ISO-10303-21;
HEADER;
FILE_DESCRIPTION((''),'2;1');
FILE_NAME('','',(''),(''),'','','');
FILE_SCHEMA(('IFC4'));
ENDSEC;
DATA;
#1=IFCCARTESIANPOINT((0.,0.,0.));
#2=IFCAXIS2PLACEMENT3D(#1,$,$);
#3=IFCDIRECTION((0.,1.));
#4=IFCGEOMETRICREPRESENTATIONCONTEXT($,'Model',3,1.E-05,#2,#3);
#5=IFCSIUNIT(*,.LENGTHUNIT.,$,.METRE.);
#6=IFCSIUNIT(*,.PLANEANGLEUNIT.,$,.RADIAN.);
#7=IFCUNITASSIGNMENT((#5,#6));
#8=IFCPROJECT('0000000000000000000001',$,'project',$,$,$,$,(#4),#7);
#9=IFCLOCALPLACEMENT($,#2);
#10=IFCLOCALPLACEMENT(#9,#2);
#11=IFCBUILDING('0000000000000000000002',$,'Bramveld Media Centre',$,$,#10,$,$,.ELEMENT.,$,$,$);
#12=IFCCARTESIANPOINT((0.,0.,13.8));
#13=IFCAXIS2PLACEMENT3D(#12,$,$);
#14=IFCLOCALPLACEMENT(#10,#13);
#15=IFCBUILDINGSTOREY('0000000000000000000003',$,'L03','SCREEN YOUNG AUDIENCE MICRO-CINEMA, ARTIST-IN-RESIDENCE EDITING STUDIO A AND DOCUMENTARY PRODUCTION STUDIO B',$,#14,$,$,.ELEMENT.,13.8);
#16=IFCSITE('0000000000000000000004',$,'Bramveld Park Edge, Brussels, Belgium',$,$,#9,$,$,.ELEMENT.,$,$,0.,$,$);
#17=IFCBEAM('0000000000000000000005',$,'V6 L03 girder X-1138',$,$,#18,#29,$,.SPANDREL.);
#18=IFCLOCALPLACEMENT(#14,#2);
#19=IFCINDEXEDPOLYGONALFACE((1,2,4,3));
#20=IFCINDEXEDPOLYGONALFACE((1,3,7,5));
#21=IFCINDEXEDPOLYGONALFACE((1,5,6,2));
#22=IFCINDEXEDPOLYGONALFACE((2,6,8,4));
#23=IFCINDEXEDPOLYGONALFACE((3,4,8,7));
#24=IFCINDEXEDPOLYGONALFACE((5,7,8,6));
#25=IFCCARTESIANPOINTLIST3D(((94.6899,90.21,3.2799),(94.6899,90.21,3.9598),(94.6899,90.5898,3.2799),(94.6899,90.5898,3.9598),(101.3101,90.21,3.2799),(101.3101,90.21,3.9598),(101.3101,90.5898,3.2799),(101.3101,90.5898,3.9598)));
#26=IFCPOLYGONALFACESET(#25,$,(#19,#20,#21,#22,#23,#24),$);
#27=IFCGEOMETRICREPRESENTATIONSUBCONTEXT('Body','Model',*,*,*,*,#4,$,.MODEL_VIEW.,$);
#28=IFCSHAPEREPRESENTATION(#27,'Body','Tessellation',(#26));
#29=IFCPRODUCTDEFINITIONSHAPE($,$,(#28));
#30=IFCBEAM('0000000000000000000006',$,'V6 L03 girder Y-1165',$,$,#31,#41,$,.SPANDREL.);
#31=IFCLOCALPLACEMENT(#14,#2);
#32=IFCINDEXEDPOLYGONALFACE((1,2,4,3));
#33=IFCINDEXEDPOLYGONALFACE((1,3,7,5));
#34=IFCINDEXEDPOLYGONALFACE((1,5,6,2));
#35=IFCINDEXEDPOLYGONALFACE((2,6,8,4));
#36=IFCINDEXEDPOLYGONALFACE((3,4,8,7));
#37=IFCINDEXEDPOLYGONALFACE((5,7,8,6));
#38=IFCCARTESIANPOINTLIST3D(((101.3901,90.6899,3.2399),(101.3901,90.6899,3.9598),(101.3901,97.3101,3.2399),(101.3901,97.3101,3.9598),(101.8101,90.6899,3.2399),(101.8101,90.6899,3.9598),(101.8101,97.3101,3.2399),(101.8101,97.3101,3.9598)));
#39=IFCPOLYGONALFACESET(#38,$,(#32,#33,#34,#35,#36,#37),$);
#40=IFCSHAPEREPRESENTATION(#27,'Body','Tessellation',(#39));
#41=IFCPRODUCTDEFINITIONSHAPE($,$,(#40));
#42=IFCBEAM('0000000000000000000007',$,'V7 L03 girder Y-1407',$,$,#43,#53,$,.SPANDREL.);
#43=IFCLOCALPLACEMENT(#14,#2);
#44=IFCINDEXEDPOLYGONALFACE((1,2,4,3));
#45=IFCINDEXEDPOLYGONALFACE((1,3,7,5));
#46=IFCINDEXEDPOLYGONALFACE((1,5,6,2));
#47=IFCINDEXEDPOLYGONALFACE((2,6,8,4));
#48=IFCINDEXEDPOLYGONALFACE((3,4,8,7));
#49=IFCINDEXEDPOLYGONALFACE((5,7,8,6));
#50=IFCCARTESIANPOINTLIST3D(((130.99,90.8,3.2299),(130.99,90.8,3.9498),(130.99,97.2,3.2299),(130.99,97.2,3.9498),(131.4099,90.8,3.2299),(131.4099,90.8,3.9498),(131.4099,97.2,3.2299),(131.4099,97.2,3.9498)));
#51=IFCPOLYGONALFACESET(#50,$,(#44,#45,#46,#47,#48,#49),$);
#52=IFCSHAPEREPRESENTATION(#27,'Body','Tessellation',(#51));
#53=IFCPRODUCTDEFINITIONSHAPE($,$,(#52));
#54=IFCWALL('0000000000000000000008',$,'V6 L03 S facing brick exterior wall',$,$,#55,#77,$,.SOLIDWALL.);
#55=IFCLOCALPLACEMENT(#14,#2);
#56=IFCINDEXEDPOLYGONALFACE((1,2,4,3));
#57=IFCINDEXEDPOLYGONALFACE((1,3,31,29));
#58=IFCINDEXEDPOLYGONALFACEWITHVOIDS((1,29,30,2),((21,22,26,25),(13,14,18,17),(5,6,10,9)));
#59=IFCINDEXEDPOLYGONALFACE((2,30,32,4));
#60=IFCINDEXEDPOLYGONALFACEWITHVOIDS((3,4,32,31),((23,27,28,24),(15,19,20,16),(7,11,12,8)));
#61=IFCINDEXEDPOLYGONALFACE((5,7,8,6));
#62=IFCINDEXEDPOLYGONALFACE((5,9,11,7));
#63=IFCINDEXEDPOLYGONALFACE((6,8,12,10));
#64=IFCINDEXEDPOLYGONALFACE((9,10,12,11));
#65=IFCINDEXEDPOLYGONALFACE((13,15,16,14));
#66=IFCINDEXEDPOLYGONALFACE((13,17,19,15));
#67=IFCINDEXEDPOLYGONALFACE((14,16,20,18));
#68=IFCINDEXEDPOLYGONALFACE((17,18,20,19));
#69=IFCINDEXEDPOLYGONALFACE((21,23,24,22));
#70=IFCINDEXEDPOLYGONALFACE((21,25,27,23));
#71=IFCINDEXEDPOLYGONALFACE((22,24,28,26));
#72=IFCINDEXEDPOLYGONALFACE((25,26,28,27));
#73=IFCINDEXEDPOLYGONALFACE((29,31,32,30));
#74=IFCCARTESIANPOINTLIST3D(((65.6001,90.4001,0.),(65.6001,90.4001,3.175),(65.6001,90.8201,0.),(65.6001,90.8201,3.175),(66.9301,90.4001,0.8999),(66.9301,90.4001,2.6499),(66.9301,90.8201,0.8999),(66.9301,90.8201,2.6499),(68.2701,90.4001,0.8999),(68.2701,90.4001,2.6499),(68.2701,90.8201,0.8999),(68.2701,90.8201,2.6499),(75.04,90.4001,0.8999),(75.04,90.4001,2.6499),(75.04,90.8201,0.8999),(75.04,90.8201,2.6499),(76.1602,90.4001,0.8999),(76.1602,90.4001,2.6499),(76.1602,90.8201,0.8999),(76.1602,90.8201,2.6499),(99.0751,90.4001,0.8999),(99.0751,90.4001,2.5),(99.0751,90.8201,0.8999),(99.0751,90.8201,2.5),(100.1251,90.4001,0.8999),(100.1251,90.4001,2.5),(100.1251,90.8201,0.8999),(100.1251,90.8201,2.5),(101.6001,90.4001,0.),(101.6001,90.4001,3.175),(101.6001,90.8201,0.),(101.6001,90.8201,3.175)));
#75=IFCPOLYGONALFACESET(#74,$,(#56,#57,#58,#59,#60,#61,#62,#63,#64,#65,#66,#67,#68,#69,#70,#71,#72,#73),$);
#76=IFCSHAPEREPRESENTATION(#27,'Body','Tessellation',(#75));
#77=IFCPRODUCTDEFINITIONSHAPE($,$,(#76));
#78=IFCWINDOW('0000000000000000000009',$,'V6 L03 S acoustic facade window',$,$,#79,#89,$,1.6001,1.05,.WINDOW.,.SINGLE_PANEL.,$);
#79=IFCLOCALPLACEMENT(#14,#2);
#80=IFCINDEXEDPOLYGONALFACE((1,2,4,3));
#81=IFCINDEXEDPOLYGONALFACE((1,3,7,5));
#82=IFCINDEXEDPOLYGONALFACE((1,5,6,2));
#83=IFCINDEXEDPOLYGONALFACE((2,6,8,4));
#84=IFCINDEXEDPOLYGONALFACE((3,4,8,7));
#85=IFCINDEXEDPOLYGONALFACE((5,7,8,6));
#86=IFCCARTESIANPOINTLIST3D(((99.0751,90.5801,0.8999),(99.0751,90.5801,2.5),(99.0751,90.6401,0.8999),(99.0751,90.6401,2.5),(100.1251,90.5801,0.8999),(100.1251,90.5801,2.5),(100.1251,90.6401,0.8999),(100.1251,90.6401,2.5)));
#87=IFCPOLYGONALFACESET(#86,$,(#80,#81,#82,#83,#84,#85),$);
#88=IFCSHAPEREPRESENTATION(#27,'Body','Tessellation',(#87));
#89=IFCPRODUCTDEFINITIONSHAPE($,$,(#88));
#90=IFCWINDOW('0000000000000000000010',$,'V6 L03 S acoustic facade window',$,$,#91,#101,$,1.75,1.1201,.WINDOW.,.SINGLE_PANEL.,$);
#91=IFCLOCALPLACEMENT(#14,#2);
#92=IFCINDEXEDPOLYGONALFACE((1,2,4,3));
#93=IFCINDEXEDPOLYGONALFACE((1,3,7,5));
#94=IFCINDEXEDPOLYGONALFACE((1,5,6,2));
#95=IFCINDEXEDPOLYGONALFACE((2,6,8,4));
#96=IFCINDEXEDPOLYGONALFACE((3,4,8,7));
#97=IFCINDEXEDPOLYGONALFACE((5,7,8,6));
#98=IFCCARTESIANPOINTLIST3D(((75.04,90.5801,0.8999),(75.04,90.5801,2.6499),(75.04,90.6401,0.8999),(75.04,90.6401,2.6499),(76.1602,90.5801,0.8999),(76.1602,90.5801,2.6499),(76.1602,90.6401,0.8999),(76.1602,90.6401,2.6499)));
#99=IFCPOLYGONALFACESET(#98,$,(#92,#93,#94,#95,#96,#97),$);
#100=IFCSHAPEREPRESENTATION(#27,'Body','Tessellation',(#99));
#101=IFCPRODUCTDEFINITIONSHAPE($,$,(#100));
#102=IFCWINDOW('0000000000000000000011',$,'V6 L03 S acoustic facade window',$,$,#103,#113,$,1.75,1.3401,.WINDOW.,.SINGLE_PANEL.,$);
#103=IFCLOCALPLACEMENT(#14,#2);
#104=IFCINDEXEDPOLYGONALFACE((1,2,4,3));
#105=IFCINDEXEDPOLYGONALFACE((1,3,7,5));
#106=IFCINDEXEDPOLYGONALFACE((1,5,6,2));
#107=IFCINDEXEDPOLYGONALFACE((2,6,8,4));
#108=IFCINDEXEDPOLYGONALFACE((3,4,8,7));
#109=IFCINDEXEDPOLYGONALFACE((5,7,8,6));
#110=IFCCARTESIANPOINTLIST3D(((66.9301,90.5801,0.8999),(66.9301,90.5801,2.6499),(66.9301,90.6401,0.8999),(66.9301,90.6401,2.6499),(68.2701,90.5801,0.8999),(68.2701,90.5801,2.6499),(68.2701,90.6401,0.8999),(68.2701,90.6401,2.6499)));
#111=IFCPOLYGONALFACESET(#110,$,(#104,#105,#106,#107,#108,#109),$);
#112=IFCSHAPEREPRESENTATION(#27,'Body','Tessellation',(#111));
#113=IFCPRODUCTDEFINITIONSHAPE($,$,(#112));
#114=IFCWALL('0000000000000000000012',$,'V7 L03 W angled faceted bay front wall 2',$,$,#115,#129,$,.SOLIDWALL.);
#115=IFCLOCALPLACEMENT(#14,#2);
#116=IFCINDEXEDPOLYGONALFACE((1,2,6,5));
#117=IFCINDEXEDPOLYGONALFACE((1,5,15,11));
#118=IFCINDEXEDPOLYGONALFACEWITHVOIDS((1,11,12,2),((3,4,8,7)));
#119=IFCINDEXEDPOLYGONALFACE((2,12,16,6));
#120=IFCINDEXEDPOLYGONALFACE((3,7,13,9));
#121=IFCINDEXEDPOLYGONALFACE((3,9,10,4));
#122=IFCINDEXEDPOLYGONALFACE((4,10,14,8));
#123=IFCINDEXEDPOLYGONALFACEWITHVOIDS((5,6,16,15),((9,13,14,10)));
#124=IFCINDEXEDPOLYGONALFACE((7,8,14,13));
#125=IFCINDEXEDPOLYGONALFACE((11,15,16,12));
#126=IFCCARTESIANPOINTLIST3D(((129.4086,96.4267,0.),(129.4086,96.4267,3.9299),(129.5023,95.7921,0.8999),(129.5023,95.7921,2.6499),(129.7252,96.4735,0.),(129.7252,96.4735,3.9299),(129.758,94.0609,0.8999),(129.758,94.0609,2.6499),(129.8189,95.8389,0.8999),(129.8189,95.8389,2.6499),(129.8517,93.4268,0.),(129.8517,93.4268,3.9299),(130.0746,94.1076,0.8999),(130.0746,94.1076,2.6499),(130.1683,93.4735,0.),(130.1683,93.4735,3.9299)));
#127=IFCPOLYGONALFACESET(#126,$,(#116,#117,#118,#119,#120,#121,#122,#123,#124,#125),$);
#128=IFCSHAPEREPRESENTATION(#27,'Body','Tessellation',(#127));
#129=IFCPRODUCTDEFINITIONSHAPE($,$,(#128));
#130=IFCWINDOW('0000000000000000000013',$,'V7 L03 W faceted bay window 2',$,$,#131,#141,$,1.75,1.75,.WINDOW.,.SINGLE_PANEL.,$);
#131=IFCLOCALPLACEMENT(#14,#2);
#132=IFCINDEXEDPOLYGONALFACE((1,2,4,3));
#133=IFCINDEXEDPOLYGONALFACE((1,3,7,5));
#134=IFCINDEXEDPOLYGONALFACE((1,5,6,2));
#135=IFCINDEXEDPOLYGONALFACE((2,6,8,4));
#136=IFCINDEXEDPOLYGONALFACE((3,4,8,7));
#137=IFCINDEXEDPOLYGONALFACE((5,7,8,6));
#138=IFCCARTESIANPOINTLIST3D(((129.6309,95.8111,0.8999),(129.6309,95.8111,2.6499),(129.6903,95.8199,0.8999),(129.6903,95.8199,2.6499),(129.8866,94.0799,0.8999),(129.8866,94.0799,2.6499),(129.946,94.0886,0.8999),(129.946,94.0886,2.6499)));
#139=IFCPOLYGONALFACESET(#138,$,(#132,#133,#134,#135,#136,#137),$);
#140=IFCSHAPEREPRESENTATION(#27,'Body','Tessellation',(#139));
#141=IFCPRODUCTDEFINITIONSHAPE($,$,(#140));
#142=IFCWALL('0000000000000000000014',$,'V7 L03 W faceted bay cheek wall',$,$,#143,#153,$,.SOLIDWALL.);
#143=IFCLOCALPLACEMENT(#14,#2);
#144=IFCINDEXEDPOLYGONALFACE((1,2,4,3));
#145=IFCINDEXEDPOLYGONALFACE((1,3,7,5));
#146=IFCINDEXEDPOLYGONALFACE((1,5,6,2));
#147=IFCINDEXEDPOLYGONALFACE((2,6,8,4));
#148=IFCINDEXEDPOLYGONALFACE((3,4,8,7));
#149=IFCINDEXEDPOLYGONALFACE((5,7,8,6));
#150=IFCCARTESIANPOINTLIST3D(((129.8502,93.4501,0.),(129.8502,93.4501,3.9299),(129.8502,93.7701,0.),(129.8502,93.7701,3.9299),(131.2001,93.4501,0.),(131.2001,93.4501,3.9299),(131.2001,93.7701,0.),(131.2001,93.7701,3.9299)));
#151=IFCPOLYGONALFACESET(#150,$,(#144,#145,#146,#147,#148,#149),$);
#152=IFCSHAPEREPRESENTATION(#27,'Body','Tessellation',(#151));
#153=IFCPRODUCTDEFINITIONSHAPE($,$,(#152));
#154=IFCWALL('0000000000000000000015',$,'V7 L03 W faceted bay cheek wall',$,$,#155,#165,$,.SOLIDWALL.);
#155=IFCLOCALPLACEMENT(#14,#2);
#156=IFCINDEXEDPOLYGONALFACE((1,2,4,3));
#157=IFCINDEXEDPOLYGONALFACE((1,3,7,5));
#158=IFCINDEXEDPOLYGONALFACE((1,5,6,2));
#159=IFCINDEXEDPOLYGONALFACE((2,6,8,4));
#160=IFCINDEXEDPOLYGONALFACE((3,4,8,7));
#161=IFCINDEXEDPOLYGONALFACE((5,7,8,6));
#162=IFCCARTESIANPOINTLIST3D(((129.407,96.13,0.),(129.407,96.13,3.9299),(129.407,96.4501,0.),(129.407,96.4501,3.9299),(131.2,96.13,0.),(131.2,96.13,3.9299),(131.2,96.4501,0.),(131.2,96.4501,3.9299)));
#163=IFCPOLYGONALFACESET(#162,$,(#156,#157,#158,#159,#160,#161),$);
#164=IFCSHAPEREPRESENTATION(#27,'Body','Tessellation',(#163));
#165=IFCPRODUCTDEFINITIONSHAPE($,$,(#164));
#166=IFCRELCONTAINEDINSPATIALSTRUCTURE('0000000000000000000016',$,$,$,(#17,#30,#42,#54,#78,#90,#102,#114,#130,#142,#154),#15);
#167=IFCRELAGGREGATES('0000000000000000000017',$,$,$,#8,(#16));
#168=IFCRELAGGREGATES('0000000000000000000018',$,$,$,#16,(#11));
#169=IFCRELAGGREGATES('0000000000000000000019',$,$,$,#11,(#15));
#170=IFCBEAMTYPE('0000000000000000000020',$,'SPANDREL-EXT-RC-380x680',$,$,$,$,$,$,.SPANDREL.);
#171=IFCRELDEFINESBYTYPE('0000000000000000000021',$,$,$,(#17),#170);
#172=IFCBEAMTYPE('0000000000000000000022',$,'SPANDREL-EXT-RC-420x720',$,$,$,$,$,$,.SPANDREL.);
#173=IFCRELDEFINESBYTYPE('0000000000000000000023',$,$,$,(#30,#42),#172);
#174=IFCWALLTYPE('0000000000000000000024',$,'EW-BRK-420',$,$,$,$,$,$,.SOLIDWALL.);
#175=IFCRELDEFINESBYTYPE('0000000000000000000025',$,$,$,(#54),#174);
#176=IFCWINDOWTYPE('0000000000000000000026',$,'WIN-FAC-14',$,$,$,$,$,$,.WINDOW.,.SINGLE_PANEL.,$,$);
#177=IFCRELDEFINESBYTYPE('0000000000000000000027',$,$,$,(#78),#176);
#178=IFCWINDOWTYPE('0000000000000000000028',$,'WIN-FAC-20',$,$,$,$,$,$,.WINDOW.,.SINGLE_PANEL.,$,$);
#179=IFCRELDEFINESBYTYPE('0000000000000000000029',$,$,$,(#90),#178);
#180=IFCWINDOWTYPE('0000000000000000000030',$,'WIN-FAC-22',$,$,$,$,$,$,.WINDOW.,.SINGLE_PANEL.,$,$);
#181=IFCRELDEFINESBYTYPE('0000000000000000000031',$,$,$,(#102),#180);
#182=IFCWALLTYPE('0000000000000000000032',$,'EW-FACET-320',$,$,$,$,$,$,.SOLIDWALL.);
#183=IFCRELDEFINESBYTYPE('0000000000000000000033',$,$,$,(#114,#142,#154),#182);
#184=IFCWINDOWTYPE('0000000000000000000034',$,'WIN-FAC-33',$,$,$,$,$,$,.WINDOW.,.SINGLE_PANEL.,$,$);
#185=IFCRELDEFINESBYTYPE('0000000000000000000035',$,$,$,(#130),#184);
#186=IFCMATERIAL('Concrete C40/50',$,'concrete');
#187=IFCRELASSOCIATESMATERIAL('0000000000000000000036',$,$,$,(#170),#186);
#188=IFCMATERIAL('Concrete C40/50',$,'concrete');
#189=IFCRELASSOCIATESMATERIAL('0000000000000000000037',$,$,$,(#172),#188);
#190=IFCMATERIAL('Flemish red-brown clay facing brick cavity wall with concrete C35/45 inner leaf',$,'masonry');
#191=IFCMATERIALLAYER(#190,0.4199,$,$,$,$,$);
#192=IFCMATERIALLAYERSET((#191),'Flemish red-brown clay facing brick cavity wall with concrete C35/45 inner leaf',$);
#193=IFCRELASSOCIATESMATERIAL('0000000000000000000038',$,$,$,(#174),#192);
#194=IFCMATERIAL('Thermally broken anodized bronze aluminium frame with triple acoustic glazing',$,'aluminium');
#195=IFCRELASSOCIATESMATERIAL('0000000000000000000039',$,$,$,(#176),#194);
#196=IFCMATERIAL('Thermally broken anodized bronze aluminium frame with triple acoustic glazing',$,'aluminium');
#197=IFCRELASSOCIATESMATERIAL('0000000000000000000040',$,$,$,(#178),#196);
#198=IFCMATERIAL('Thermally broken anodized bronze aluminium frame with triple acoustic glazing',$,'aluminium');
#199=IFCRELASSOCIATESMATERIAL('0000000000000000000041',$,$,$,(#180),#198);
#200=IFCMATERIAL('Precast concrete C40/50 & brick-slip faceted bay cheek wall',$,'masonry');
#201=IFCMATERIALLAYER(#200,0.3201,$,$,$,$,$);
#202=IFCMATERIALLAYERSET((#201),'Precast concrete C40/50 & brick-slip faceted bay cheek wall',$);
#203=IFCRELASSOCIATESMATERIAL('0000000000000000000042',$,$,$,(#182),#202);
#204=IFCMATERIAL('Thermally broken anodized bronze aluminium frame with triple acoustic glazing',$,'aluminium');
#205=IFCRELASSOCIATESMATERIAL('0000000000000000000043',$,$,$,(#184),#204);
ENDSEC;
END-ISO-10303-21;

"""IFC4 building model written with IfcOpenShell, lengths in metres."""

from ifc_helpers import new_model, si_unit, direction, frame, frame_2d, origin, origin_2d, place, context, subcontext, project, spatial, rectangle, extrude, material, layer, layer_set, material_profile, profile_set, type_object, element, fill, save


model = new_model("IFC4")

# Units and contexts
model_context = context("Model", 3, precision=1e-05, world=origin(), true_north=direction((0.0, 1.0)))
body_context = subcontext(model_context, "Body", "Model", "MODEL_VIEW")
ifc_project = project(units=[si_unit("LENGTHUNIT", "METRE"), si_unit("PLANEANGLEUNIT", "RADIAN")], contexts=[model_context])

# Site, building, storey
site_placement = place(None, origin())
site = spatial("IfcSite", under=ifc_project, at=site_placement, Name="Bramveld Park Edge, Brussels, Belgium", CompositionType="ELEMENT", RefElevation=0.0)
building_placement = place(site_placement, origin())
building = spatial("IfcBuilding", under=site, at=building_placement, Name="Bramveld Media Centre", CompositionType="ELEMENT")
storey_placement = place(building_placement, frame((0.0, 0.0, 13.8)))
storey = spatial("IfcBuildingStorey", under=building, at=storey_placement, Name="L03", Description="SCREEN YOUNG AUDIENCE MICRO-CINEMA, ARTIST-IN-RESIDENCE EDITING STUDIO A AND DOCUMENTARY PRODUCTION STUDIO B", CompositionType="ELEMENT", Elevation=13.8)

# Beams
ifc_material_1 = material(Name="Concrete C40/50", Category="concrete")
ifc_material_profile_1 = material_profile(ifc_material_1, rectangle(XDim=0.3799, YDim=0.6799, at=origin_2d()), Name="RC 380x680")
ifc_profile_set_1 = profile_set([ifc_material_profile_1], Name="Concrete C40/50")
beam_type_1 = type_object("IfcBeamType", Name="SPANDREL-EXT-RC-380x680", PredefinedType="SPANDREL", material=ifc_profile_set_1)
beam_1_placement = place(storey_placement, frame((94.6899, 90.3999, 3.6199), z_axis=(1.0, 0.0, 0.0), x_axis=(0.0, 1.0, 0.0)))
element("IfcBeam", 1, at=beam_1_placement, inside=storey, type_object=beam_type_1, Name="V6 L03 girder X-1138", PredefinedType="SPANDREL", context=body_context, shape_type="SweptSolid", body=[
    extrude(rectangle(XDim=0.3799, YDim=0.6799, at=origin_2d()), origin(), (0.0, 0.0, 1.0), 6.6201),
])
ifc_material_2 = material(Name="Concrete C40/50", Category="concrete")
ifc_material_profile_2 = material_profile(ifc_material_2, rectangle(XDim=0.4199, YDim=0.72, at=origin_2d()), Name="RC 420x720")
ifc_profile_set_2 = profile_set([ifc_material_profile_2], Name="Concrete C40/50")
beam_type_2 = type_object("IfcBeamType", Name="SPANDREL-EXT-RC-420x720", PredefinedType="SPANDREL", material=ifc_profile_set_2)
beam_2_placement = place(storey_placement, frame((101.6001, 90.6899, 3.5999), z_axis=(0.0, 1.0, 0.0), x_axis=(-1.0, 0.0, 0.0)))
element("IfcBeam", 2, at=beam_2_placement, inside=storey, type_object=beam_type_2, Name="V6 L03 girder Y-1165", PredefinedType="SPANDREL", context=body_context, shape_type="SweptSolid", body=[
    extrude(rectangle(XDim=0.4199, YDim=0.72, at=origin_2d()), origin(), (0.0, 0.0, 1.0), 6.6201),
])
beam_3_placement = place(storey_placement, frame((131.2, 90.8, 3.5898), z_axis=(0.0, 1.0, 0.0), x_axis=(-1.0, 0.0, 0.0)))
element("IfcBeam", 3, at=beam_3_placement, inside=storey, type_object=beam_type_2, Name="V7 L03 girder Y-1407", PredefinedType="SPANDREL", context=body_context, shape_type="SweptSolid", body=[
    extrude(rectangle(XDim=0.4199, YDim=0.72, at=origin_2d()), origin(), (0.0, 0.0, 1.0), 6.3999),
])

# Wall, openings, windows
ifc_material_3 = material(Name="Flemish red-brown clay facing brick cavity wall with concrete C35/45 inner leaf", Category="masonry")
ifc_layer_1 = layer(ifc_material_3, 0.4199)
ifc_layer_set_1 = layer_set([ifc_layer_1], Name="Flemish red-brown clay facing brick cavity wall with concrete C35/45 inner leaf")
wall_type_1 = type_object("IfcWallType", Name="EW-BRK-420", PredefinedType="SOLIDWALL", material=ifc_layer_set_1)
wall_1_placement = place(storey_placement, frame((101.6001, 90.6101, 0.0), z_axis=(0.0, 0.0, 1.0), x_axis=(-1.0, 0.0, 0.0)))
wall_1 = element("IfcWall", 4, at=wall_1_placement, inside=storey, type_object=wall_type_1, Name="V6 L03 S facing brick exterior wall", PredefinedType="SOLIDWALL", context=body_context, shape_type="SweptSolid", body=[
    extrude(rectangle(XDim=36.0, YDim=0.4199, at=frame_2d((18.0, 0.0))), origin(), (0.0, 0.0, 1.0), 3.175),
])
opening_1_placement = place(wall_1_placement, frame((1.4751, 0.0, 0.8999)))
opening_1 = element("IfcOpeningElement", 5, at=opening_1_placement, cuts=wall_1, PredefinedType="OPENING", context=body_context, shape_type="SweptSolid", body=[
    extrude(rectangle(XDim=1.05, YDim=1.6001, at=frame_2d((0.5249, 0.8))), frame((0.0, 0.2219, 0.0), z_axis=(0.0, -1.0, 0.0), x_axis=(1.0, 0.0, 0.0)), (0.0, 0.0, 1.0), 0.4438),
])
opening_2_placement = place(wall_1_placement, frame((25.4399, 0.0, 0.8999)))
opening_2 = element("IfcOpeningElement", 6, at=opening_2_placement, cuts=wall_1, PredefinedType="OPENING", context=body_context, shape_type="SweptSolid", body=[
    extrude(rectangle(XDim=1.1201, YDim=1.75, at=frame_2d((0.5601, 0.875))), frame((0.0, 0.2219, 0.0), z_axis=(0.0, -1.0, 0.0), x_axis=(1.0, 0.0, 0.0)), (0.0, 0.0, 1.0), 0.4438),
])
opening_3_placement = place(wall_1_placement, frame((33.3301, 0.0, 0.8999)))
opening_3 = element("IfcOpeningElement", 7, at=opening_3_placement, cuts=wall_1, PredefinedType="OPENING", context=body_context, shape_type="SweptSolid", body=[
    extrude(rectangle(XDim=1.3401, YDim=1.75, at=frame_2d((0.6699, 0.875))), frame((0.0, 0.2219, 0.0), z_axis=(0.0, -1.0, 0.0), x_axis=(1.0, 0.0, 0.0)), (0.0, 0.0, 1.0), 0.4438),
])
ifc_material_4 = material(Name="Thermally broken anodized bronze aluminium frame with triple acoustic glazing", Category="aluminium")
window_type_1 = type_object("IfcWindowType", Name="WIN-FAC-14", PartitioningType="SINGLE_PANEL", PredefinedType="WINDOW", material=ifc_material_4)
window_1_placement = place(opening_1_placement, origin())
window_1 = element("IfcWindow", 8, at=window_1_placement, inside=storey, type_object=window_type_1, Name="V6 L03 S acoustic facade window", OverallHeight=1.6001, OverallWidth=1.05, PartitioningType="SINGLE_PANEL", PredefinedType="WINDOW", context=body_context, shape_type="SweptSolid", body=[
    extrude(rectangle(XDim=1.05, YDim=1.6001, at=frame_2d((0.5249, 0.8))), frame((0.0, 0.03, 0.0), z_axis=(0.0, -1.0, 0.0), x_axis=(1.0, 0.0, 0.0)), (0.0, 0.0, 1.0), 0.0601),
])
fill(opening_1, window_1)
ifc_material_5 = material(Name="Thermally broken anodized bronze aluminium frame with triple acoustic glazing", Category="aluminium")
window_type_2 = type_object("IfcWindowType", Name="WIN-FAC-20", PartitioningType="SINGLE_PANEL", PredefinedType="WINDOW", material=ifc_material_5)
window_2_placement = place(opening_2_placement, origin())
window_2 = element("IfcWindow", 9, at=window_2_placement, inside=storey, type_object=window_type_2, Name="V6 L03 S acoustic facade window", OverallHeight=1.75, OverallWidth=1.1201, PartitioningType="SINGLE_PANEL", PredefinedType="WINDOW", context=body_context, shape_type="SweptSolid", body=[
    extrude(rectangle(XDim=1.1201, YDim=1.75, at=frame_2d((0.5601, 0.875))), frame((0.0, 0.03, 0.0), z_axis=(0.0, -1.0, 0.0), x_axis=(1.0, 0.0, 0.0)), (0.0, 0.0, 1.0), 0.0601),
])
fill(opening_2, window_2)
ifc_material_6 = material(Name="Thermally broken anodized bronze aluminium frame with triple acoustic glazing", Category="aluminium")
window_type_3 = type_object("IfcWindowType", Name="WIN-FAC-22", PartitioningType="SINGLE_PANEL", PredefinedType="WINDOW", material=ifc_material_6)
window_3_placement = place(opening_3_placement, origin())
window_3 = element("IfcWindow", 10, at=window_3_placement, inside=storey, type_object=window_type_3, Name="V6 L03 S acoustic facade window", OverallHeight=1.75, OverallWidth=1.3401, PartitioningType="SINGLE_PANEL", PredefinedType="WINDOW", context=body_context, shape_type="SweptSolid", body=[
    extrude(rectangle(XDim=1.3401, YDim=1.75, at=frame_2d((0.6699, 0.875))), frame((0.0, 0.03, 0.0), z_axis=(0.0, -1.0, 0.0), x_axis=(1.0, 0.0, 0.0)), (0.0, 0.0, 1.0), 0.0601),
])
fill(opening_3, window_3)

# Wall, opening, window
ifc_material_7 = material(Name="Precast concrete C40/50 & brick-slip faceted bay cheek wall", Category="masonry")
ifc_layer_2 = layer(ifc_material_7, 0.3201)
ifc_layer_set_2 = layer_set([ifc_layer_2], Name="Precast concrete C40/50 & brick-slip faceted bay cheek wall")
wall_type_2 = type_object("IfcWallType", Name="EW-FACET-320", PredefinedType="SOLIDWALL", material=ifc_layer_set_2)
wall_2_placement = place(storey_placement, frame((129.5669, 96.45, 0.0), z_axis=(0.0, 0.0, 1.0), x_axis=(0.14612, -0.989267, 0.0)))
wall_2 = element("IfcWall", 11, at=wall_2_placement, inside=storey, type_object=wall_type_2, Name="V7 L03 W angled faceted bay front wall 2", PredefinedType="SOLIDWALL", context=body_context, shape_type="SweptSolid", body=[
    extrude(rectangle(XDim=3.0325, YDim=0.3201, at=frame_2d((1.5161, 0.0))), origin(), (0.0, 0.0, 1.0), 3.9299),
])
opening_4_placement = place(wall_2_placement, frame((0.6414, 0.0, 0.8999)))
opening_4 = element("IfcOpeningElement", 12, at=opening_4_placement, cuts=wall_2, PredefinedType="OPENING", context=body_context, shape_type="SweptSolid", body=[
    extrude(rectangle(XDim=1.75, YDim=1.75, at=frame_2d((0.875, 0.875))), frame((0.0, 0.1719, 0.0), z_axis=(0.0, -1.0, 0.0), x_axis=(1.0, 0.0, 0.0)), (0.0, 0.0, 1.0), 0.344),
])
ifc_material_8 = material(Name="Thermally broken anodized bronze aluminium frame with triple acoustic glazing", Category="aluminium")
window_type_4 = type_object("IfcWindowType", Name="WIN-FAC-33", PartitioningType="SINGLE_PANEL", PredefinedType="WINDOW", material=ifc_material_8)
window_4_placement = place(opening_4_placement, origin())
window_4 = element("IfcWindow", 13, at=window_4_placement, inside=storey, type_object=window_type_4, Name="V7 L03 W faceted bay window 2", OverallHeight=1.75, OverallWidth=1.75, PartitioningType="SINGLE_PANEL", PredefinedType="WINDOW", context=body_context, shape_type="SweptSolid", body=[
    extrude(rectangle(XDim=1.75, YDim=1.75, at=frame_2d((0.875, 0.875))), frame((0.0, 0.03, 0.0), z_axis=(0.0, -1.0, 0.0), x_axis=(1.0, 0.0, 0.0)), (0.0, 0.0, 1.0), 0.0601),
])
fill(opening_4, window_4)

# Walls
wall_3_placement = place(storey_placement, frame((131.2, 93.6101, 0.0), z_axis=(0.0, 0.0, 1.0), x_axis=(-1.0, 0.0, 0.0)))
element("IfcWall", 14, at=wall_3_placement, inside=storey, type_object=wall_type_2, Name="V7 L03 W faceted bay cheek wall", PredefinedType="SOLIDWALL", context=body_context, shape_type="SweptSolid", body=[
    extrude(rectangle(XDim=1.3499, YDim=0.3201, at=frame_2d((0.6748, 0.0))), origin(), (0.0, 0.0, 1.0), 3.9299),
])
wall_4_placement = place(storey_placement, frame((131.2, 96.29, 0.0), z_axis=(0.0, 0.0, 1.0), x_axis=(-1.0, 0.0, 0.0)))
element("IfcWall", 15, at=wall_4_placement, inside=storey, type_object=wall_type_2, Name="V7 L03 W faceted bay cheek wall", PredefinedType="SOLIDWALL", context=body_context, shape_type="SweptSolid", body=[
    extrude(rectangle(XDim=1.793, YDim=0.3201, at=frame_2d((0.8965, 0.0))), origin(), (0.0, 0.0, 1.0), 3.9299),
])

save(model, "model.ifc")
